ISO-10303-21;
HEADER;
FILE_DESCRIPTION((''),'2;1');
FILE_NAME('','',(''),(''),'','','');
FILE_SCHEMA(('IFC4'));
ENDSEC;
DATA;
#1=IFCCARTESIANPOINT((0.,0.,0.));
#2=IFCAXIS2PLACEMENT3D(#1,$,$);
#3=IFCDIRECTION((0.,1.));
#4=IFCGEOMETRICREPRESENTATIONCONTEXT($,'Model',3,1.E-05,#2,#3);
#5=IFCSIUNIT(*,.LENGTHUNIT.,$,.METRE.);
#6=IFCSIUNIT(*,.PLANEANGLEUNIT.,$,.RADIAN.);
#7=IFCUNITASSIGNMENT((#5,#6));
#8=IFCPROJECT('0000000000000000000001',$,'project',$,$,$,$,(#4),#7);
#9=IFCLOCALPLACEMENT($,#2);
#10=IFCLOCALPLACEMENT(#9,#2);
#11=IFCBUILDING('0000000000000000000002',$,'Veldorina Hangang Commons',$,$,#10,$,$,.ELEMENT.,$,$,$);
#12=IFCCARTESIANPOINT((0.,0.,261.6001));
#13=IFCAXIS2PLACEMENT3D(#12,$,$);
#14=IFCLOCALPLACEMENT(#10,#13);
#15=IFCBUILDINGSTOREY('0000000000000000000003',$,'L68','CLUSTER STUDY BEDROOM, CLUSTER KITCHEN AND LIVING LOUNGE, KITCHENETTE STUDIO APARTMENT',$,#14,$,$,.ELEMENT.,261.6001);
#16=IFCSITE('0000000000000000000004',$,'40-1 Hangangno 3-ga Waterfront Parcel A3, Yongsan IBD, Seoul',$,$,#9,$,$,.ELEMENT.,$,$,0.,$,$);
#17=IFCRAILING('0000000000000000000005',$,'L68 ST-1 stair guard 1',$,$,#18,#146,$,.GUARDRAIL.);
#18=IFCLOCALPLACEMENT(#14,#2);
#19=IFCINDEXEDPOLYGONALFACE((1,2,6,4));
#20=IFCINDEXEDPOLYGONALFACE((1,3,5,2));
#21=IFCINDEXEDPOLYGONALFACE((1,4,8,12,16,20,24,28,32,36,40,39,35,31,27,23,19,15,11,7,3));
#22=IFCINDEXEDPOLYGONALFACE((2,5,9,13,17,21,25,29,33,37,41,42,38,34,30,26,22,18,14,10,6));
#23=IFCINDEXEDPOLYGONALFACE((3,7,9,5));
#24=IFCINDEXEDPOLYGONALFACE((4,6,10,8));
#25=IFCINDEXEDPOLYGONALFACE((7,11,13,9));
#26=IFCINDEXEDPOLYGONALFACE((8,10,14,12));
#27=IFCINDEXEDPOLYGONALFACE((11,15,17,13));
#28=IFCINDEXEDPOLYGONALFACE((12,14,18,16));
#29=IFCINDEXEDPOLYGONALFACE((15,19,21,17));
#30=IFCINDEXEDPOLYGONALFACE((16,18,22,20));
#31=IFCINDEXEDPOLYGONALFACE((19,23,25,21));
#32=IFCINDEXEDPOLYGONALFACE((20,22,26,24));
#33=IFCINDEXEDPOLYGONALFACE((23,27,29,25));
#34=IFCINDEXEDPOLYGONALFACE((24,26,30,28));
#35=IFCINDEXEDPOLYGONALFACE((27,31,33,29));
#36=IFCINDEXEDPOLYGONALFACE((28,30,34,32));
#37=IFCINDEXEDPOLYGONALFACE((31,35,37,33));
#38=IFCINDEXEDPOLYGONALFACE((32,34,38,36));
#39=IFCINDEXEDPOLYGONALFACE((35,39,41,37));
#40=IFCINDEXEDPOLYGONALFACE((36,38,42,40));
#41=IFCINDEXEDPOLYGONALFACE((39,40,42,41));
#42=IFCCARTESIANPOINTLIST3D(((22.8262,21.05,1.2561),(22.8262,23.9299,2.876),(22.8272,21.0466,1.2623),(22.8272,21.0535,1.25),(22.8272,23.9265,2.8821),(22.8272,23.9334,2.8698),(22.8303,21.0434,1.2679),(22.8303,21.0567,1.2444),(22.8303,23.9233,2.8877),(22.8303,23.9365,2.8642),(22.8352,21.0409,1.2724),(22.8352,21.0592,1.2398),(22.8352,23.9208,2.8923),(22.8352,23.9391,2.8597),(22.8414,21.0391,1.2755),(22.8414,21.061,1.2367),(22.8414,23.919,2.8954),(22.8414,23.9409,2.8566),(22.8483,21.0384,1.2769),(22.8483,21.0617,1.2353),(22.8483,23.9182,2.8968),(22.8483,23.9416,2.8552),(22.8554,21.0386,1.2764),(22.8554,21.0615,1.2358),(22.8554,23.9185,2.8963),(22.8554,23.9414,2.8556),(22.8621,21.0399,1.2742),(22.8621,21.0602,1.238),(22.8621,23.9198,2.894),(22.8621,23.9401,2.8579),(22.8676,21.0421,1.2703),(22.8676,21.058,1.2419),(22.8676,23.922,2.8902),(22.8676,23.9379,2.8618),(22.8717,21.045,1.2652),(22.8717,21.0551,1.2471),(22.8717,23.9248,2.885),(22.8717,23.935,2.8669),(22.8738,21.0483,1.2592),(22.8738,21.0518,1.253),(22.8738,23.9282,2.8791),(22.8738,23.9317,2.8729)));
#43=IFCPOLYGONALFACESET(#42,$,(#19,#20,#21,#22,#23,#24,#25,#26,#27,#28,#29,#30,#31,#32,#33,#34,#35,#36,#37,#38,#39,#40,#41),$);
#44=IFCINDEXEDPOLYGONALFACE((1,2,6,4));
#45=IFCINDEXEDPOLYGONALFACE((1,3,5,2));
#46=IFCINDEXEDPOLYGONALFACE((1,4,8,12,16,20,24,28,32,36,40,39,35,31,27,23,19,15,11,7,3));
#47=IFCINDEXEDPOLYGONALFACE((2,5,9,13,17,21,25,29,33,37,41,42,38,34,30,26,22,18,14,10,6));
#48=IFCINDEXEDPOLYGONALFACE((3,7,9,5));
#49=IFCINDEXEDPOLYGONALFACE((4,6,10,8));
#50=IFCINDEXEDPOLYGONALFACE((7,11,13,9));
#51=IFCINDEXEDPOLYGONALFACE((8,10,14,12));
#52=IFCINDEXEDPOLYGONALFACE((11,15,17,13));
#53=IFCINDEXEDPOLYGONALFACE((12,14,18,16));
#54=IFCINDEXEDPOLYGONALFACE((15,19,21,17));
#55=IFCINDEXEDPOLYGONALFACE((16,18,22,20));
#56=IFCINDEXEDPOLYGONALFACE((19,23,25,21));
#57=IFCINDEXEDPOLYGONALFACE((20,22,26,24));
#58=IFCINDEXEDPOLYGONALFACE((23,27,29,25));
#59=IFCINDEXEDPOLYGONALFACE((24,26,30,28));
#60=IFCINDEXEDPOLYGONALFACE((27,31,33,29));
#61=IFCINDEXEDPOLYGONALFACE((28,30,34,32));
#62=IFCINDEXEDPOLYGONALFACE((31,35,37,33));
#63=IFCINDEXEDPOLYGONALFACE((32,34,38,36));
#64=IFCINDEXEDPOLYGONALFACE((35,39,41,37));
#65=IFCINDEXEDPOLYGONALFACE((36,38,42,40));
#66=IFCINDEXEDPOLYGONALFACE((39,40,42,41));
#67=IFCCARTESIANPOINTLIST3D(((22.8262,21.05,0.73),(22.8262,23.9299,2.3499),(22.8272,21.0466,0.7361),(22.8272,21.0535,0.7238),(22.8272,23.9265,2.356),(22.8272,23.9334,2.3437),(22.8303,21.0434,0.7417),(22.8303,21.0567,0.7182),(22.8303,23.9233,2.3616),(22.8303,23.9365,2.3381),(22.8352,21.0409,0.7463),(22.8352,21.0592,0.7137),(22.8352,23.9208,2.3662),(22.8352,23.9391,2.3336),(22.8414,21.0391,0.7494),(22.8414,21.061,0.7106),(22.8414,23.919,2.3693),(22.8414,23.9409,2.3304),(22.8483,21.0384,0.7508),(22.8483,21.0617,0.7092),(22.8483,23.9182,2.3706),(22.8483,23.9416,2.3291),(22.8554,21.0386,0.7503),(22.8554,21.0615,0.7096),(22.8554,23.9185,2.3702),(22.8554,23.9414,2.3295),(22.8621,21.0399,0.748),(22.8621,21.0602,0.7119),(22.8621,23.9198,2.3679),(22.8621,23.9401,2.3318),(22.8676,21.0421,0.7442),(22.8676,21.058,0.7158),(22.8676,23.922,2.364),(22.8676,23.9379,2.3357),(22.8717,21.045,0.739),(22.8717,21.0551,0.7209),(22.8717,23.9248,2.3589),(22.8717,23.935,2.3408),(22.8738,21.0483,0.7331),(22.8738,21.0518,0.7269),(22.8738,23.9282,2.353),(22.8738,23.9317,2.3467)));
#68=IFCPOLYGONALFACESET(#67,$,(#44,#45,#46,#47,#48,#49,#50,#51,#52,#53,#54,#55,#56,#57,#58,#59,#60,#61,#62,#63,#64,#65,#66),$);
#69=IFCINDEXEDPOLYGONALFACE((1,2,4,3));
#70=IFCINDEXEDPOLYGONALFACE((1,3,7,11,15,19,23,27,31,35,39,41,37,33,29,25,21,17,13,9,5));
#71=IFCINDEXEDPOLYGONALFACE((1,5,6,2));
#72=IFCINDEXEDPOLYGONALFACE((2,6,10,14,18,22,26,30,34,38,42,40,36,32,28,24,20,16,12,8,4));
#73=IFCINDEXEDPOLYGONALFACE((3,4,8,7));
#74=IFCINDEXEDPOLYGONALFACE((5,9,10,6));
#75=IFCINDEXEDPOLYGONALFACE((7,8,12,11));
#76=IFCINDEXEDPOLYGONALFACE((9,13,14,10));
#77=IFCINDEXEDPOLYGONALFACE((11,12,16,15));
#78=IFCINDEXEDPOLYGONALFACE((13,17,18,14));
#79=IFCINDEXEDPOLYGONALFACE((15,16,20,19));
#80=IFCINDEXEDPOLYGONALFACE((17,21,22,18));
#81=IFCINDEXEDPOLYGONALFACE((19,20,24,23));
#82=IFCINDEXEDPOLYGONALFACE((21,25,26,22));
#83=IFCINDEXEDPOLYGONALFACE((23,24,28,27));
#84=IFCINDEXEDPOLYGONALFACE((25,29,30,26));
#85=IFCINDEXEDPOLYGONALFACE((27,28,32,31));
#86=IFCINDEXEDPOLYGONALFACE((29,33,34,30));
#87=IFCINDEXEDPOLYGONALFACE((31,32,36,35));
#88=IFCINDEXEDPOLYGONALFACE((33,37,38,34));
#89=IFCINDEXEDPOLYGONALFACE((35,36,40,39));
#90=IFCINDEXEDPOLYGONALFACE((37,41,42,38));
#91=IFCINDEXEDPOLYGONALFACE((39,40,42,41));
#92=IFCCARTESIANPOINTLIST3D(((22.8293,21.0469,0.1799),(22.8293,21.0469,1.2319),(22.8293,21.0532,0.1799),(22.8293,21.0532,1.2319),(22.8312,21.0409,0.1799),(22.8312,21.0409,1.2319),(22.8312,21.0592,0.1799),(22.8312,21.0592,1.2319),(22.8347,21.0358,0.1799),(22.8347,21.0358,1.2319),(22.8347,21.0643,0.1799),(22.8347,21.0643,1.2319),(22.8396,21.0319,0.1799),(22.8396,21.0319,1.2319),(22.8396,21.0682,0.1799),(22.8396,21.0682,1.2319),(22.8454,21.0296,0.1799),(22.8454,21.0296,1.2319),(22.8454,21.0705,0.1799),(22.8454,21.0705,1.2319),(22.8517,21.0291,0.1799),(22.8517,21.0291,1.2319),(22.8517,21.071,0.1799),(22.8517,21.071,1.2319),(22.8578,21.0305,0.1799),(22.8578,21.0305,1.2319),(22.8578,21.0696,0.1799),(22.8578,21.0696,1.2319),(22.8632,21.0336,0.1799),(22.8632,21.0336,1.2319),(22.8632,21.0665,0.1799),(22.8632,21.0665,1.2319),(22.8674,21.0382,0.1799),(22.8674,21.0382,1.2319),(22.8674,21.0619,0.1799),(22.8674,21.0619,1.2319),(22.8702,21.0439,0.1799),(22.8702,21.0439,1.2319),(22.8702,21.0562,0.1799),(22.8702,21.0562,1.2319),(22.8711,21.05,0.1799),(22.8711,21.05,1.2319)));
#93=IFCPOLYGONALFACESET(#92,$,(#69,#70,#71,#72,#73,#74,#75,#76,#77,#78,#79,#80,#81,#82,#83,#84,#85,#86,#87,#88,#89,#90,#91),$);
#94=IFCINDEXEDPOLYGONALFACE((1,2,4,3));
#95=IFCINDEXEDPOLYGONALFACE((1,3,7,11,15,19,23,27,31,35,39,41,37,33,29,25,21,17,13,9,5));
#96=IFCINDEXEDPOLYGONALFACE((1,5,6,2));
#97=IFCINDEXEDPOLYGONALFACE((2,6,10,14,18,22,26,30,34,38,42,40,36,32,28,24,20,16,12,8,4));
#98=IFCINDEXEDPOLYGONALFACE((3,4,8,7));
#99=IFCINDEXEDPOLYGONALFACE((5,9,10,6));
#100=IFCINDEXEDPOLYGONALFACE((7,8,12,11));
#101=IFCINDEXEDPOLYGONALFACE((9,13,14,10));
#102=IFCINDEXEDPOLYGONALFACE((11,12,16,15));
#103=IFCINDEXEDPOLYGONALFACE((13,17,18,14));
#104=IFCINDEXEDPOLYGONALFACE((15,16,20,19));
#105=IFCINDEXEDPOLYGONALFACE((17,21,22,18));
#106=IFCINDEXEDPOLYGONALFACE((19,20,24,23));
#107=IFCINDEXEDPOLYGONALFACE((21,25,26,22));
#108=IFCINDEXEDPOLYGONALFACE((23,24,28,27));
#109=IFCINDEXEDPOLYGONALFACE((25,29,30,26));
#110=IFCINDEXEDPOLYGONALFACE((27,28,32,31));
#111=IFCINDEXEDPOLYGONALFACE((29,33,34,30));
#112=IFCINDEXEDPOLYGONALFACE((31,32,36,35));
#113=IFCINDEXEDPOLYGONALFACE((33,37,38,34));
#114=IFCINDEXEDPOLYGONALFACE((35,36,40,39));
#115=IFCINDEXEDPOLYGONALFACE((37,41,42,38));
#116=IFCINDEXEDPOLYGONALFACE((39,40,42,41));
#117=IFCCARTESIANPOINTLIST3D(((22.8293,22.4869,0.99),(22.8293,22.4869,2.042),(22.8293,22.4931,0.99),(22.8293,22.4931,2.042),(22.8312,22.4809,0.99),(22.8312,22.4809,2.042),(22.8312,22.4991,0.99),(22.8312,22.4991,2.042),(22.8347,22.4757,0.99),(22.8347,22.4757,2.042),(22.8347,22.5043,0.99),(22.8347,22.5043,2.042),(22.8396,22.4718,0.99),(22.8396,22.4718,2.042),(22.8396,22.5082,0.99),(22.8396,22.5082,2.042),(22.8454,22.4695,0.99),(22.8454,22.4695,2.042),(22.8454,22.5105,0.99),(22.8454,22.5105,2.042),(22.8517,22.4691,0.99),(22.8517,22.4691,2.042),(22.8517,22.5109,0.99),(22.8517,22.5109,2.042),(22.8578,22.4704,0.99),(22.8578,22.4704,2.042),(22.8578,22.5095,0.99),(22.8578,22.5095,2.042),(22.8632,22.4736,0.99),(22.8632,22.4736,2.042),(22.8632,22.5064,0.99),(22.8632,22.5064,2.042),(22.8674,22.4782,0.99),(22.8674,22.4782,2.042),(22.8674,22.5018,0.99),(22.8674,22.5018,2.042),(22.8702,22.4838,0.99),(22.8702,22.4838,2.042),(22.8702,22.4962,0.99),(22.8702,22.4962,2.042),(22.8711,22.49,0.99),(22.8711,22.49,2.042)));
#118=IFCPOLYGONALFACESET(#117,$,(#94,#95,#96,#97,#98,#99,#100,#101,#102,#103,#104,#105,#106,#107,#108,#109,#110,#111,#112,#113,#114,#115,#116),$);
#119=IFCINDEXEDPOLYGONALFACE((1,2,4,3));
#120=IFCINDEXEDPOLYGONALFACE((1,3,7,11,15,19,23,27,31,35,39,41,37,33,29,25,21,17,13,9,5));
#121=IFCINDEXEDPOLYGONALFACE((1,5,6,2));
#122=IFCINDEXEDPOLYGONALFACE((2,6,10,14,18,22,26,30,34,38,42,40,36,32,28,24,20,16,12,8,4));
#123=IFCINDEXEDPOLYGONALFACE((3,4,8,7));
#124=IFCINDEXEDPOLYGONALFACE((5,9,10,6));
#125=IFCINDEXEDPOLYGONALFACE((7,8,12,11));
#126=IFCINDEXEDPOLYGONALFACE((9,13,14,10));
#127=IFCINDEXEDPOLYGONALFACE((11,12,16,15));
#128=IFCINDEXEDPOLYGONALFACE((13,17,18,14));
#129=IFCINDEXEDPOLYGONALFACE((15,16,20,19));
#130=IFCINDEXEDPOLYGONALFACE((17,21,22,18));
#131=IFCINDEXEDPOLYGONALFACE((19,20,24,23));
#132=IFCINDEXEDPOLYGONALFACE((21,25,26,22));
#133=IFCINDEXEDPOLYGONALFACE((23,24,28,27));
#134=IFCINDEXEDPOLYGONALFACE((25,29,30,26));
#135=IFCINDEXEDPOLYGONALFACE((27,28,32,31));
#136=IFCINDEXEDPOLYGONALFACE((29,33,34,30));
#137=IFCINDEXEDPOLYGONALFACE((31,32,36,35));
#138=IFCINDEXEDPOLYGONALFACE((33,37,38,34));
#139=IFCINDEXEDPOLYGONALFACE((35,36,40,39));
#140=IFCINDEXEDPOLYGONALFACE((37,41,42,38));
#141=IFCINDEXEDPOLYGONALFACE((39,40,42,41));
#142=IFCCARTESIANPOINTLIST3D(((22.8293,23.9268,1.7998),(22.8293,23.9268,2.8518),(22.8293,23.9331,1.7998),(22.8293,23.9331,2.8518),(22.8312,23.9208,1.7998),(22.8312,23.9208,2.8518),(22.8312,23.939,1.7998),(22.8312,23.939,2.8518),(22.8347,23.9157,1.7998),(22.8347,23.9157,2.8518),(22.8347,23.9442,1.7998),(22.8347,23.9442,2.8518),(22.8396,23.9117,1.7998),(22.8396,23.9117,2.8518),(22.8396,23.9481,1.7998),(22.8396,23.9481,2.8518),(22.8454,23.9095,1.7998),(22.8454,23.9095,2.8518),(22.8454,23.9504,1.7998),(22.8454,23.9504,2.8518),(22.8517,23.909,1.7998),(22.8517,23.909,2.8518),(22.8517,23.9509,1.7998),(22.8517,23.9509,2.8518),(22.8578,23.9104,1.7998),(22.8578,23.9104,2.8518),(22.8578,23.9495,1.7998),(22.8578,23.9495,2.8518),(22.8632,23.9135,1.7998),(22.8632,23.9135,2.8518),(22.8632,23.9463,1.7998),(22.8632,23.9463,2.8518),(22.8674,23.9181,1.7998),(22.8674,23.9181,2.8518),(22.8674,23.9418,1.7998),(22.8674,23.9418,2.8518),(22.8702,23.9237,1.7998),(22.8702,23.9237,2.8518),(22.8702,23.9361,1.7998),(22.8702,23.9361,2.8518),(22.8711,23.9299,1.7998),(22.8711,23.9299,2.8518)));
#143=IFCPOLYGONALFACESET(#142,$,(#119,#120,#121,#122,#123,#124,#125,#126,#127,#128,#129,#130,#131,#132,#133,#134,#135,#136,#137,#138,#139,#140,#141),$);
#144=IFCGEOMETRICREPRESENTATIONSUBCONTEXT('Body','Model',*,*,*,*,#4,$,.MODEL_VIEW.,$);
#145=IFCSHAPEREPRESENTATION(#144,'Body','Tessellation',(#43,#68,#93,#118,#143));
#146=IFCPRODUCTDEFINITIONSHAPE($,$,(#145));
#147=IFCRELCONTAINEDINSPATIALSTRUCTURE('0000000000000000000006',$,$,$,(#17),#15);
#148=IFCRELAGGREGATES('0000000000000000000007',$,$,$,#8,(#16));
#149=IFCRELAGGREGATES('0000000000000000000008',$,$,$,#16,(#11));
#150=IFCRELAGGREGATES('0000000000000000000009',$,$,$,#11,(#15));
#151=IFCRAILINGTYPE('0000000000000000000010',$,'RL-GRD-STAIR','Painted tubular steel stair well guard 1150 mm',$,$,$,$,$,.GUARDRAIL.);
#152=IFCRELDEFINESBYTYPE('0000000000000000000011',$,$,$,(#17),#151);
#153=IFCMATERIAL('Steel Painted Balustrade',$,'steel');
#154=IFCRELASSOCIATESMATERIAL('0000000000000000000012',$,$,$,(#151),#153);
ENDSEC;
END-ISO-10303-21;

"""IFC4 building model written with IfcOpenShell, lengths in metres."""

from ifc_helpers import new_model, si_unit, direction, frame, origin, origin_2d, place, context, subcontext, project, spatial, circle, extrude, material, type_object, element, save


model = new_model("IFC4")

# Units and contexts
model_context = context("Model", 3, precision=1e-05, world=origin(), true_north=direction((0.0, 1.0)))
body_context = subcontext(model_context, "Body", "Model", "MODEL_VIEW")
ifc_project = project(units=[si_unit("LENGTHUNIT", "METRE"), si_unit("PLANEANGLEUNIT", "RADIAN")], contexts=[model_context])

# Site, building, storey
site_placement = place(None, origin())
site = spatial("IfcSite", under=ifc_project, at=site_placement, Name="40-1 Hangangno 3-ga Waterfront Parcel A3, Yongsan IBD, Seoul", CompositionType="ELEMENT", RefElevation=0.0)
building_placement = place(site_placement, origin())
building = spatial("IfcBuilding", under=site, at=building_placement, Name="Veldorina Hangang Commons", CompositionType="ELEMENT")
storey_placement = place(building_placement, frame((0.0, 0.0, 261.6001)))
storey = spatial("IfcBuildingStorey", under=building, at=storey_placement, Name="L68", Description="CLUSTER STUDY BEDROOM, CLUSTER KITCHEN AND LIVING LOUNGE, KITCHENETTE STUDIO APARTMENT", CompositionType="ELEMENT", Elevation=261.6001)

# Railing
ifc_material_1 = material(Name="Steel Painted Balustrade", Category="steel")
railing_type_1 = type_object("IfcRailingType", Name="RL-GRD-STAIR", Description="Painted tubular steel stair well guard 1150 mm", PredefinedType="GUARDRAIL", material=ifc_material_1)
railing_1_placement = place(storey_placement, frame((22.8501, 21.05, 0.1799)))
element("IfcRailing", 1, at=railing_1_placement, inside=storey, type_object=railing_type_1, Name="L68 ST-1 stair guard 1", PredefinedType="GUARDRAIL", context=body_context, shape_type="SweptSolid", body=[
    extrude(circle(Radius=0.0239, at=origin_2d()), frame((0.0, 0.0, 1.0762), z_axis=(0.0, 0.871583, 0.490247), x_axis=(-1.0, 0.0, 0.0)), (0.0, 0.0, 1.0), 3.3042),
    extrude(circle(Radius=0.0239, at=origin_2d()), frame((0.0, 0.0, 0.55), z_axis=(0.0, 0.871583, 0.490247), x_axis=(-1.0, 0.0, 0.0)), (0.0, 0.0, 1.0), 3.3042),
    extrude(circle(Radius=0.021, at=origin_2d()), origin(), (0.0, 0.0, 1.0), 1.052),
    extrude(circle(Radius=0.021, at=origin_2d()), frame((0.0, 1.4399, 0.8101)), (0.0, 0.0, 1.0), 1.052),
    extrude(circle(Radius=0.021, at=origin_2d()), frame((0.0, 2.8799, 1.6199)), (0.0, 0.0, 1.0), 1.052),
])

save(model, "model.ifc")
